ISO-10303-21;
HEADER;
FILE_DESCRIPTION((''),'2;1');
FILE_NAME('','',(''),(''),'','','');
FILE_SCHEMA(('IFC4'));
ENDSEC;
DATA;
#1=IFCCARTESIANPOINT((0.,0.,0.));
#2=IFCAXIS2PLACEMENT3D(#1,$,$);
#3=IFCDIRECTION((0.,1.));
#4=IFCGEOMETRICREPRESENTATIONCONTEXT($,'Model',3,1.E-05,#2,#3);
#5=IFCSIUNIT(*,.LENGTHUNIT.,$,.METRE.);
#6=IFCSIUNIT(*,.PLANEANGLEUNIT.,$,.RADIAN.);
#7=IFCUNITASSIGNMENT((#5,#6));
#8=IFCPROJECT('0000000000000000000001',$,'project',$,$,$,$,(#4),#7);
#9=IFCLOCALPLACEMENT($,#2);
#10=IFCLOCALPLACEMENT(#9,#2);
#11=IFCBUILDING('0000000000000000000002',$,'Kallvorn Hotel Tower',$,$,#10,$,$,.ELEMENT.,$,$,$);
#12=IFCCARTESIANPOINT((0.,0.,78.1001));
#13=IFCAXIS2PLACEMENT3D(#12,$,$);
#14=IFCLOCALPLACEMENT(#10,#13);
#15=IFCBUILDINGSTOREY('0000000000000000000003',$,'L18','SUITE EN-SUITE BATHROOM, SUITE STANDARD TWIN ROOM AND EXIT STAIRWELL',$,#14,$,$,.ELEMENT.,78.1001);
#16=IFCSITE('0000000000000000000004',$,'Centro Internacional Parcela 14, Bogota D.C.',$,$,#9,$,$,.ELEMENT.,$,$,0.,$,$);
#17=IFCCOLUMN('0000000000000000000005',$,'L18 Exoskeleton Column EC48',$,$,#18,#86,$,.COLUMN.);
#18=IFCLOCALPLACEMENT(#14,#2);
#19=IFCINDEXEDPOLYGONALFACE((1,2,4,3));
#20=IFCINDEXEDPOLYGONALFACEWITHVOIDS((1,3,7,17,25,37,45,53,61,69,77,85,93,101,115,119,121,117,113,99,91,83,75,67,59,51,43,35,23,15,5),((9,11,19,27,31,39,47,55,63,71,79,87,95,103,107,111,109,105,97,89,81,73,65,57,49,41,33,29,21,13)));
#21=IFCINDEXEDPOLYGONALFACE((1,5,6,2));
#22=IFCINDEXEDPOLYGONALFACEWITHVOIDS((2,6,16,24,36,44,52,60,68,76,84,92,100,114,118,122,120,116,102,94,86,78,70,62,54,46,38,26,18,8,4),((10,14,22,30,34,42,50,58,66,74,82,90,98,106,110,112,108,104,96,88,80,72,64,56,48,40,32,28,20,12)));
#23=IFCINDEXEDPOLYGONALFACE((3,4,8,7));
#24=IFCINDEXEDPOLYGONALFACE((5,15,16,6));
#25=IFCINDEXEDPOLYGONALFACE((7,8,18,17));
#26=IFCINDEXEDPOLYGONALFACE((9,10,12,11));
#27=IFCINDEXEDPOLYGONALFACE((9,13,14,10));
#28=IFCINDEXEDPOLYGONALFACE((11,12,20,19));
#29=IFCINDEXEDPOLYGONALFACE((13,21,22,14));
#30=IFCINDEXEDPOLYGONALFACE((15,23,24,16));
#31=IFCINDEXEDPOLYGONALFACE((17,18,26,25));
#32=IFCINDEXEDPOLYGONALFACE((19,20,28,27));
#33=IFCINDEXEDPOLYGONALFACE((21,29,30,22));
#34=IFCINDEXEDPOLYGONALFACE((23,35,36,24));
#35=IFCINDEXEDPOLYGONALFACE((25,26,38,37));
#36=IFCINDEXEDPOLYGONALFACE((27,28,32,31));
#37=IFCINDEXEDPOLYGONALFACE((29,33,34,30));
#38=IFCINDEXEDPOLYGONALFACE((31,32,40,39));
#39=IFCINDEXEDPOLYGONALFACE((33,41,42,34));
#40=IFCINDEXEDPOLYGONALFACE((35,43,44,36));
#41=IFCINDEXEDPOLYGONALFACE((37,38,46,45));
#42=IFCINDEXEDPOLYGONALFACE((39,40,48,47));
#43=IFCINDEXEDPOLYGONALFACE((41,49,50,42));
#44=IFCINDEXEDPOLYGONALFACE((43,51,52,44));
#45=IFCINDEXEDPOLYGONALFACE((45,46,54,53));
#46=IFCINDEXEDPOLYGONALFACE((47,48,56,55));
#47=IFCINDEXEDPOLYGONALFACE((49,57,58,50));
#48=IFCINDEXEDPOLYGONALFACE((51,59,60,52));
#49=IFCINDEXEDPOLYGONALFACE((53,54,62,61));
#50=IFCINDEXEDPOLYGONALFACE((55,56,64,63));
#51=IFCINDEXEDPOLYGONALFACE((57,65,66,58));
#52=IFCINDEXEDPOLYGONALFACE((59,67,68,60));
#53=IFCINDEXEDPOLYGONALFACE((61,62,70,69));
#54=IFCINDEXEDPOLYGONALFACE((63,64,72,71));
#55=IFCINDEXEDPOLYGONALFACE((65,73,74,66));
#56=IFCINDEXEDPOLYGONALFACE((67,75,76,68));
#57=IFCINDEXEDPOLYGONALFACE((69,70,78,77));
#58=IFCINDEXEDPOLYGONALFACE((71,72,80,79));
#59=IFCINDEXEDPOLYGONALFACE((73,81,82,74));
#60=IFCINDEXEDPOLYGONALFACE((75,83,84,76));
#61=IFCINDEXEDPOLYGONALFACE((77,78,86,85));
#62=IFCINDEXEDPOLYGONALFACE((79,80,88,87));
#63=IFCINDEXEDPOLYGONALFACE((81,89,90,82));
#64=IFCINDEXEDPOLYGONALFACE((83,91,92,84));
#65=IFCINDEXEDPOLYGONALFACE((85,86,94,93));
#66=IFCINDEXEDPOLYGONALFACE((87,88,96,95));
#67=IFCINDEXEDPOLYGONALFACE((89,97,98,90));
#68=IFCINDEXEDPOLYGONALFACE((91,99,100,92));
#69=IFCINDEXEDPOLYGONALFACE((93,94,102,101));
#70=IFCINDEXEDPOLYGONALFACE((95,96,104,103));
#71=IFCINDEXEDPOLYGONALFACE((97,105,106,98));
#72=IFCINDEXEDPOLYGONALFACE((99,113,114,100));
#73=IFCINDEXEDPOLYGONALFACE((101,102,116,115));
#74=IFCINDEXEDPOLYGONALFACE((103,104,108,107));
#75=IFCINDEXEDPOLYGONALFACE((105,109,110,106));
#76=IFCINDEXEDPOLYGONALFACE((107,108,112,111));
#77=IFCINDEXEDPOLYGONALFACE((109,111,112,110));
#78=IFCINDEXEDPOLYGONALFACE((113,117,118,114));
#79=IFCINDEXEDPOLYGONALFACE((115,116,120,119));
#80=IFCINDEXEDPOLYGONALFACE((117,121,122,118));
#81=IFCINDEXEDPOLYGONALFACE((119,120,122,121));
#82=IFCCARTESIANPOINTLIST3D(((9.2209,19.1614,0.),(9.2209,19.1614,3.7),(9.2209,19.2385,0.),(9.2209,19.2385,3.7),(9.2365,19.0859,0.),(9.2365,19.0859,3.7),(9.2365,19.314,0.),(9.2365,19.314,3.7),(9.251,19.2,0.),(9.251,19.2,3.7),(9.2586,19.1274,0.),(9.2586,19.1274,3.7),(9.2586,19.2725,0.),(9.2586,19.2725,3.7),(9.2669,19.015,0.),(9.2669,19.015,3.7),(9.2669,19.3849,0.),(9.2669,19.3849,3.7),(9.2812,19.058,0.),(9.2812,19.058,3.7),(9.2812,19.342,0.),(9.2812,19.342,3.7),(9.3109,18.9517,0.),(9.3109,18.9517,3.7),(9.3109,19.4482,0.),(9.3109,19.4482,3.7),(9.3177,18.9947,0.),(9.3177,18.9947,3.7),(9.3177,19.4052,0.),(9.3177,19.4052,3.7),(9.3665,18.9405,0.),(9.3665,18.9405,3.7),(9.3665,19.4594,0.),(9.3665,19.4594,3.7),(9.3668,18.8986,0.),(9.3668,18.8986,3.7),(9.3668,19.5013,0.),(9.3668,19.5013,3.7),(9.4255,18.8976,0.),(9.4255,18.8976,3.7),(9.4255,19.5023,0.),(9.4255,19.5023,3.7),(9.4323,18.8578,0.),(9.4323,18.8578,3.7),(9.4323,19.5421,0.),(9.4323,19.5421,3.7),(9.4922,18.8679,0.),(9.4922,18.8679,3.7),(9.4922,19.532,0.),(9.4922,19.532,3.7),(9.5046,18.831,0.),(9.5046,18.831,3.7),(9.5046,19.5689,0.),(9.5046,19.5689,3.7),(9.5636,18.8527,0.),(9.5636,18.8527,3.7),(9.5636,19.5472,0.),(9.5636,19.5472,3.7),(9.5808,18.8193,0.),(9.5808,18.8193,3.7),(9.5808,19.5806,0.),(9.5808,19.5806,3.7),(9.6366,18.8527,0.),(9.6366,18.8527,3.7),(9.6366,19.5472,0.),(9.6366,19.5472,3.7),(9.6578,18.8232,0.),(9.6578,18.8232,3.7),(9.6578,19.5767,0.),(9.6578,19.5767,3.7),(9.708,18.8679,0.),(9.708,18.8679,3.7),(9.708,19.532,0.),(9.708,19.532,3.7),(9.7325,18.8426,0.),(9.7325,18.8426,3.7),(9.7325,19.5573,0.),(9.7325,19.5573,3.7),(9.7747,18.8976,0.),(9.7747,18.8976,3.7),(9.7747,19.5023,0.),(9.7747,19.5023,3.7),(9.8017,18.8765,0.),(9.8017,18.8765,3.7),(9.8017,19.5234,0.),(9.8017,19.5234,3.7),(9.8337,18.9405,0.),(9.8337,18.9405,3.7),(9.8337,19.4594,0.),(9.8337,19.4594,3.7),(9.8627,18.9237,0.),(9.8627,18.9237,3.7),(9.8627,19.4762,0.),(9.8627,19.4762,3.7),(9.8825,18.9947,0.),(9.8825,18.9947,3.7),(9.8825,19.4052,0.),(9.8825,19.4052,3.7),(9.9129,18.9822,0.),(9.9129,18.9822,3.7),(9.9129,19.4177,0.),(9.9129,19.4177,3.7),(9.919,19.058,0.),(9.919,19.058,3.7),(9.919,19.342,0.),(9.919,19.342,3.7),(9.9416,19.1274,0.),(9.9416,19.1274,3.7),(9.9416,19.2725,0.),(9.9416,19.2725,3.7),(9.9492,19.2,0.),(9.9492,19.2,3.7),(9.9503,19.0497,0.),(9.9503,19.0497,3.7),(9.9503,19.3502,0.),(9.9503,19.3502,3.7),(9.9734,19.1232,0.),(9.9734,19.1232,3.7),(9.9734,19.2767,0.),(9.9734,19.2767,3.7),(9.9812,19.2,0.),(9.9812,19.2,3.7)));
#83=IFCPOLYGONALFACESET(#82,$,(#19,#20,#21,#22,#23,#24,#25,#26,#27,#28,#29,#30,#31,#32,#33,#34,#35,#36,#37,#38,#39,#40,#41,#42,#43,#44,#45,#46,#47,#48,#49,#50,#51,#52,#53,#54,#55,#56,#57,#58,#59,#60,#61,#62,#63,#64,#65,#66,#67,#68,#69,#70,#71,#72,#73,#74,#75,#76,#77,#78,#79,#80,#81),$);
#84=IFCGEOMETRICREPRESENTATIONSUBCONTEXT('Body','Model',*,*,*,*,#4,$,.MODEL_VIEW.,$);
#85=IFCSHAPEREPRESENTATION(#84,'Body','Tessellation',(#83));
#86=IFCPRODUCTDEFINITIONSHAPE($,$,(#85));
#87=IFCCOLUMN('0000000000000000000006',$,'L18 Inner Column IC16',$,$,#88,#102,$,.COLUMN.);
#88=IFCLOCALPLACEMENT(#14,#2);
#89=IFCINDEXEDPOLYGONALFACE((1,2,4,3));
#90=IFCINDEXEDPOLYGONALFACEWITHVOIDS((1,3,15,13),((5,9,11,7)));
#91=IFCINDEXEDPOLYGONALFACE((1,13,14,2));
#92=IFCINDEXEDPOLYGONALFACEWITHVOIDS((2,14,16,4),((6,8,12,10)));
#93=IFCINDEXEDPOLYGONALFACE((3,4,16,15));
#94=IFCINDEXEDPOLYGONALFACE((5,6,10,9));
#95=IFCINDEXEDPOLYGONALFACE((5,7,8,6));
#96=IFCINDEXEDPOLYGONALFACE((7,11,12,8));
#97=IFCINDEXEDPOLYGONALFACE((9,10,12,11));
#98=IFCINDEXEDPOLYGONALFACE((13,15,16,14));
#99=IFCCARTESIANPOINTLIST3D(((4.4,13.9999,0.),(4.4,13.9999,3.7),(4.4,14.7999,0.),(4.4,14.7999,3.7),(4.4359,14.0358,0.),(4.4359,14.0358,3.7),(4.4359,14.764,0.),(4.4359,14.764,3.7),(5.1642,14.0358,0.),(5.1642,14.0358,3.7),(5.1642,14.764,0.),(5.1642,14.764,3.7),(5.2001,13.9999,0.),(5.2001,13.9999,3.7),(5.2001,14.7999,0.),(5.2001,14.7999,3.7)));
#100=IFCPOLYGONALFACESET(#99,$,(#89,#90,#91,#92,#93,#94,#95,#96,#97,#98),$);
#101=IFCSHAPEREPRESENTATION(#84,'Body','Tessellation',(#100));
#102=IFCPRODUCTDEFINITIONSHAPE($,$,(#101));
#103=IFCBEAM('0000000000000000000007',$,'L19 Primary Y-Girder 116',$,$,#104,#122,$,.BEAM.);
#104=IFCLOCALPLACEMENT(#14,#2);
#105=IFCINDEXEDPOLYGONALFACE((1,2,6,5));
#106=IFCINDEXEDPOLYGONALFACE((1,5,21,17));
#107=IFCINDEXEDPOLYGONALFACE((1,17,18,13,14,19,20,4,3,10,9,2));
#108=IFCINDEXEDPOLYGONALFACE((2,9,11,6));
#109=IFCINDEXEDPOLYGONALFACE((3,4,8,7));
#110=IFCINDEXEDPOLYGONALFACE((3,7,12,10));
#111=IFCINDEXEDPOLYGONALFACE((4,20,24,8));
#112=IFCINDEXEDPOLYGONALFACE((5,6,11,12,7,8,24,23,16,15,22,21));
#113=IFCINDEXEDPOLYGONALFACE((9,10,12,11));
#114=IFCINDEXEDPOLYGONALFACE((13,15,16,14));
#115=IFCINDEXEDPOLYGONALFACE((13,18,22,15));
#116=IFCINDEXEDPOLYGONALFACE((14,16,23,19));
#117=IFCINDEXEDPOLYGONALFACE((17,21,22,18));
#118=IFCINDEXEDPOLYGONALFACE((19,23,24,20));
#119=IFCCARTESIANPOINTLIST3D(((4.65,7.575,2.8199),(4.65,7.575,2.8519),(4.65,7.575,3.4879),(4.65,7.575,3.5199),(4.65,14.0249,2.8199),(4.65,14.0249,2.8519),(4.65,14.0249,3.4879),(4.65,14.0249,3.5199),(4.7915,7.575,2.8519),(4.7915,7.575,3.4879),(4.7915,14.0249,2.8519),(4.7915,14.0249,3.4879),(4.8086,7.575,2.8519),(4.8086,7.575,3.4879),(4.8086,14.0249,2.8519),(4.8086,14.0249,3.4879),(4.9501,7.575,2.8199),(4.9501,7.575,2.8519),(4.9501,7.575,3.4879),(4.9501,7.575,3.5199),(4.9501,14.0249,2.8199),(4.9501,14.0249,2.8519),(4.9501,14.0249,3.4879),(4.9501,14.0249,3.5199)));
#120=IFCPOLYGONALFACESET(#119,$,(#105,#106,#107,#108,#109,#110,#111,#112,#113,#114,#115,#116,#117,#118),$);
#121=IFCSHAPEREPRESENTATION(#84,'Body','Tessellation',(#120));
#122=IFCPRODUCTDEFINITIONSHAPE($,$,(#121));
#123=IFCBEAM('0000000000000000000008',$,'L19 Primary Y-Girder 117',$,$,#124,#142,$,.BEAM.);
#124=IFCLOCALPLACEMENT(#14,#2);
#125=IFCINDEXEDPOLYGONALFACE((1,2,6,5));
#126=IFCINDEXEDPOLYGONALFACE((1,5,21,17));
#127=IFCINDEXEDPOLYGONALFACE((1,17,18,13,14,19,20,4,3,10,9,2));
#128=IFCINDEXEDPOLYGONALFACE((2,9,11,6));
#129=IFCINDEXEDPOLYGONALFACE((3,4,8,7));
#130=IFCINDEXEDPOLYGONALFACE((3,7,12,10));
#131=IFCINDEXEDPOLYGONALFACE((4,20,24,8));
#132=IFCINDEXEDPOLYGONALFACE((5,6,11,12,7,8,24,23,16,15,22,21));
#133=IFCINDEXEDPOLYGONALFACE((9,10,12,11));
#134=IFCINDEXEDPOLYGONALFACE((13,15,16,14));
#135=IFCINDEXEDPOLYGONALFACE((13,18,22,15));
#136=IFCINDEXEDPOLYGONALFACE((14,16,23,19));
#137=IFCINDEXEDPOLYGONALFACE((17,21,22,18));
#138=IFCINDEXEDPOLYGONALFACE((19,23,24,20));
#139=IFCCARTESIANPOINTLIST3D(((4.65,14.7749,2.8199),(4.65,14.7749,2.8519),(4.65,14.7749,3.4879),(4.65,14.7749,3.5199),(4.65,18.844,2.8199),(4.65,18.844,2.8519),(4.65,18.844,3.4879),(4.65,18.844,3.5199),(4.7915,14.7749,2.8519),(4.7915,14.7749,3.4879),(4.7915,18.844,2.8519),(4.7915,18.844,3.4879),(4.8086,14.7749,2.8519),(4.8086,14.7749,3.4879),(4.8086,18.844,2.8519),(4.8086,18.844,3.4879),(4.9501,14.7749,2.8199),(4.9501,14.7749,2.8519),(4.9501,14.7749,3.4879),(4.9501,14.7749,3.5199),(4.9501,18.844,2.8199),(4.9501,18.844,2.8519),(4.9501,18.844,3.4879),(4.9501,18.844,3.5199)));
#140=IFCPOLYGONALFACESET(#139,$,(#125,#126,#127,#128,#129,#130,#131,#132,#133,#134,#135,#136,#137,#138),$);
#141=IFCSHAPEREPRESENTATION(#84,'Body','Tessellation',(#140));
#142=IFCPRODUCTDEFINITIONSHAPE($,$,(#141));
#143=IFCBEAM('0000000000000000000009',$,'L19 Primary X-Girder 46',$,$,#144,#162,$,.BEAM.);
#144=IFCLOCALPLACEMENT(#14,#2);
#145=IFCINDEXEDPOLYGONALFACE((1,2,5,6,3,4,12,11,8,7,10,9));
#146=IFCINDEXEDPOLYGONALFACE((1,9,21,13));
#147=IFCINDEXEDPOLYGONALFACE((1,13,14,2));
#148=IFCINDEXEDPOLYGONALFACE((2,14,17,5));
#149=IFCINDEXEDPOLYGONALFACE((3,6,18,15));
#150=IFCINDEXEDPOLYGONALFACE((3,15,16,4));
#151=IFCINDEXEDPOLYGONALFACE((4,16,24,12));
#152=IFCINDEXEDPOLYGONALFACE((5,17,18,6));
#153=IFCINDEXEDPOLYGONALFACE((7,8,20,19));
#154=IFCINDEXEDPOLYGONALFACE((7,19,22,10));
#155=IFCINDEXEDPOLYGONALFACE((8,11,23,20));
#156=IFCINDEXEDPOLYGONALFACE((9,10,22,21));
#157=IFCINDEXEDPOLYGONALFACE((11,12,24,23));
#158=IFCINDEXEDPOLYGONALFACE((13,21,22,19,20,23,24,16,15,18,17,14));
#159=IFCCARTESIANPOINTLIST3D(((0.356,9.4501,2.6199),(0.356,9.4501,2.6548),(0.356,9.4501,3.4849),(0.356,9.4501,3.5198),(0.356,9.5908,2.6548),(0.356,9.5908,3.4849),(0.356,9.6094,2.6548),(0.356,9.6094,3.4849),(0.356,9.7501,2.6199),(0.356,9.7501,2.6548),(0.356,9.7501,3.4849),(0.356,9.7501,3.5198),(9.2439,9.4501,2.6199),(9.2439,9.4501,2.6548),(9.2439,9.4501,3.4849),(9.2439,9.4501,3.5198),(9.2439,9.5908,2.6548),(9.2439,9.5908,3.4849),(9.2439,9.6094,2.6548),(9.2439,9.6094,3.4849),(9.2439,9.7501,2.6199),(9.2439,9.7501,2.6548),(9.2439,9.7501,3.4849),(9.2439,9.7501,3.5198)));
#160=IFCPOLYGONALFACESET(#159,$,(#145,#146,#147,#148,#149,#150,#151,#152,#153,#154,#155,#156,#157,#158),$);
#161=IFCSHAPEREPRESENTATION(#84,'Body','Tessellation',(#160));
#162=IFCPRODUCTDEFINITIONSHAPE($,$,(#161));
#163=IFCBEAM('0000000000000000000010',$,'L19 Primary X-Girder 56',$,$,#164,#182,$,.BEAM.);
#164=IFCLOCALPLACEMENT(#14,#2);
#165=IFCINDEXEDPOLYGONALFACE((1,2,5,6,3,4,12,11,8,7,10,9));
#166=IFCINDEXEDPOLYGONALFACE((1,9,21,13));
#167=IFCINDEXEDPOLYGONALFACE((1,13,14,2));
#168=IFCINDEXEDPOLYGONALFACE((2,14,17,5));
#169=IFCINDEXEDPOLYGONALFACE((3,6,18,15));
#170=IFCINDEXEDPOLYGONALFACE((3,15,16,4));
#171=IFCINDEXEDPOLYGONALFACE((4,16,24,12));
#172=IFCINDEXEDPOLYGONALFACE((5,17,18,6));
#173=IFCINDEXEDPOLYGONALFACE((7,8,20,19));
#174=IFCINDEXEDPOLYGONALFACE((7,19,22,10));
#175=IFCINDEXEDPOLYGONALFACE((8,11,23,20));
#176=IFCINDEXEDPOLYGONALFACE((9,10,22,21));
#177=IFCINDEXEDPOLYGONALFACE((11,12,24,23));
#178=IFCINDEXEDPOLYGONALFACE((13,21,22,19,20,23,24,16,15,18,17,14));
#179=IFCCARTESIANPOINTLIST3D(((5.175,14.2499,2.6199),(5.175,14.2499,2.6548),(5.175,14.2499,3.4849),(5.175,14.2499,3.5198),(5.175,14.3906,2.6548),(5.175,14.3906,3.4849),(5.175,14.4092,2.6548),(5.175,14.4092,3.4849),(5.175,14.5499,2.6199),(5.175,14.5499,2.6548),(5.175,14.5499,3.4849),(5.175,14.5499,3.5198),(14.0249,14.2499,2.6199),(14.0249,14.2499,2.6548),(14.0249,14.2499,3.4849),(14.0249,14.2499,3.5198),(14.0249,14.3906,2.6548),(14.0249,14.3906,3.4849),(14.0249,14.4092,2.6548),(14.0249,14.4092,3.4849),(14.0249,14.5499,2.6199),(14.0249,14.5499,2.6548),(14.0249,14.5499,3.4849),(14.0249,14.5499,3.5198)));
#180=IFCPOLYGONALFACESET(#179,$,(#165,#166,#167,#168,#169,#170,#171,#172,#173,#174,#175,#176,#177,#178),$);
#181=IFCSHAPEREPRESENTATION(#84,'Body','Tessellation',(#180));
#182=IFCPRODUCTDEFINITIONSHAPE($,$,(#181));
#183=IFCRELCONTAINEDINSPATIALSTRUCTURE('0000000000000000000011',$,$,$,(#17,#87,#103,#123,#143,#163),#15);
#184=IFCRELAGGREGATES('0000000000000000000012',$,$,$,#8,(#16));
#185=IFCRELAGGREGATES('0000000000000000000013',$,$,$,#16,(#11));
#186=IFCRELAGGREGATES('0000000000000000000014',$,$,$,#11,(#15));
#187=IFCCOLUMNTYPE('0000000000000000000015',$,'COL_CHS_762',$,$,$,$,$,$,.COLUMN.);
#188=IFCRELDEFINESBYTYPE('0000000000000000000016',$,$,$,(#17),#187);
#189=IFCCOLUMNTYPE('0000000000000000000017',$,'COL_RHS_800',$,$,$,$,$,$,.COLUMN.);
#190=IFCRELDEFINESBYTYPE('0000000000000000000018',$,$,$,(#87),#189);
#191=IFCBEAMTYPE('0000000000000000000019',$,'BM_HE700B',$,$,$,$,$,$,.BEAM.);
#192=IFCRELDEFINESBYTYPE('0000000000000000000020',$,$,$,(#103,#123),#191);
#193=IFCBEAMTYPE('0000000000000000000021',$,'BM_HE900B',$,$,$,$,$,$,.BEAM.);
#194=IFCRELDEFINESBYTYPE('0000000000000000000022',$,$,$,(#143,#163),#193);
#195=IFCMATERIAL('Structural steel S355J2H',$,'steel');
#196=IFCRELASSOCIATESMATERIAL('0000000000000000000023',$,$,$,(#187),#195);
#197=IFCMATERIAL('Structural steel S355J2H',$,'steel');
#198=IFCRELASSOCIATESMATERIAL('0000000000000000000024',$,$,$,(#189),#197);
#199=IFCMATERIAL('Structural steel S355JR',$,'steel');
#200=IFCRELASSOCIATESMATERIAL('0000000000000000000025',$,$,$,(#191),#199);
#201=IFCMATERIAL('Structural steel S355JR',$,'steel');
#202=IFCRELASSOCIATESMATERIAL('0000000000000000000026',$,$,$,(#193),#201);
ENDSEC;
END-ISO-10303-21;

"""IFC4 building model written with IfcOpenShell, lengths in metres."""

from ifc_helpers import new_model, si_unit, direction, frame, origin, origin_2d, place, context, subcontext, project, spatial, hollow_rectangle, hollow_circle, i_section, extrude, material, material_profile, profile_set, type_object, element, save


model = new_model("IFC4")

# Units and contexts
model_context = context("Model", 3, precision=1e-05, world=origin(), true_north=direction((0.0, 1.0)))
body_context = subcontext(model_context, "Body", "Model", "MODEL_VIEW")
ifc_project = project(units=[si_unit("LENGTHUNIT", "METRE"), si_unit("PLANEANGLEUNIT", "RADIAN")], contexts=[model_context])

# Site, building, storey
site_placement = place(None, origin())
site = spatial("IfcSite", under=ifc_project, at=site_placement, Name="Centro Internacional Parcela 14, Bogota D.C.", CompositionType="ELEMENT", RefElevation=0.0)
building_placement = place(site_placement, origin())
building = spatial("IfcBuilding", under=site, at=building_placement, Name="Kallvorn Hotel Tower", CompositionType="ELEMENT")
storey_placement = place(building_placement, frame((0.0, 0.0, 78.1001)))
storey = spatial("IfcBuildingStorey", under=building, at=storey_placement, Name="L18", Description="SUITE EN-SUITE BATHROOM, SUITE STANDARD TWIN ROOM AND EXIT STAIRWELL", CompositionType="ELEMENT", Elevation=78.1001)

# Columns
ifc_material_1 = material(Name="Structural steel S355J2H", Category="steel")
ifc_material_profile_1 = material_profile(ifc_material_1, hollow_circle(Radius=0.3811, WallThickness=0.032, at=origin_2d()), Name="CHS 762x32")
ifc_profile_set_1 = profile_set([ifc_material_profile_1], Name="Structural steel S355J2H")
column_type_1 = type_object("IfcColumnType", Name="COL_CHS_762", PredefinedType="COLUMN", material=ifc_profile_set_1)
for number, where, z_axis, x_axis, name in (
    (1, (9.6001, 19.2, 0.0), (0.0, 0.0, 1.0), (1.0, 0.0, 0.0), "L18 Exoskeleton Column EC48"),
):
    element("IfcColumn", number, at=place(storey_placement, frame(where, z_axis=z_axis, x_axis=x_axis)), inside=storey, type_object=column_type_1, Name=name, PredefinedType="COLUMN", context=body_context, shape_type="SweptSolid", body=[
        extrude(hollow_circle(Radius=0.3811, WallThickness=0.032, at=origin_2d()), origin(), (0.0, 0.0, 1.0), 3.7),
    ])
ifc_material_2 = material(Name="Structural steel S355J2H", Category="steel")
ifc_material_profile_2 = material_profile(ifc_material_2, hollow_rectangle(XDim=0.8, YDim=0.8, WallThickness=0.0359, at=origin_2d()), Name="RHS 800x800x36")
ifc_profile_set_2 = profile_set([ifc_material_profile_2], Name="Structural steel S355J2H")
column_type_2 = type_object("IfcColumnType", Name="COL_RHS_800", PredefinedType="COLUMN", material=ifc_profile_set_2)
column_placement = place(storey_placement, frame((4.8, 14.3999, 0.0), z_axis=(0.0, 0.0, 1.0), x_axis=(1.0, 0.0, 0.0)))
element("IfcColumn", 2, at=column_placement, inside=storey, type_object=column_type_2, Name="L18 Inner Column IC16", PredefinedType="COLUMN", context=body_context, shape_type="SweptSolid", body=[
    extrude(hollow_rectangle(XDim=0.8, YDim=0.8, WallThickness=0.0359, at=origin_2d()), origin(), (0.0, 0.0, 1.0), 3.7),
])

# Beams
ifc_material_3 = material(Name="Structural steel S355JR", Category="steel")
ifc_material_profile_3 = material_profile(ifc_material_3, i_section(OverallWidth=0.3, OverallDepth=0.7, WebThickness=0.0171, FlangeThickness=0.032, at=origin_2d()), Name="HE 700 B")
ifc_profile_set_3 = profile_set([ifc_material_profile_3], Name="Structural steel S355JR")
beam_type_1 = type_object("IfcBeamType", Name="BM_HE700B", PredefinedType="BEAM", material=ifc_profile_set_3)
beam_1_placement = place(storey_placement, frame((4.8, 7.575, 3.1699), z_axis=(0.0, 1.0, 0.0), x_axis=(-1.0, 0.0, 0.0)))
element("IfcBeam", 3, at=beam_1_placement, inside=storey, type_object=beam_type_1, Name="L19 Primary Y-Girder 116", PredefinedType="BEAM", context=body_context, shape_type="SweptSolid", body=[
    extrude(i_section(OverallWidth=0.3, OverallDepth=0.7, WebThickness=0.0171, FlangeThickness=0.032, at=origin_2d()), origin(), (0.0, 0.0, 1.0), 6.45),
])
beam_2_placement = place(storey_placement, frame((4.8, 14.7749, 3.1699), z_axis=(0.0, 1.0, 0.0), x_axis=(-1.0, 0.0, 0.0)))
element("IfcBeam", 4, at=beam_2_placement, inside=storey, type_object=beam_type_1, Name="L19 Primary Y-Girder 117", PredefinedType="BEAM", context=body_context, shape_type="SweptSolid", body=[
    extrude(i_section(OverallWidth=0.3, OverallDepth=0.7, WebThickness=0.0171, FlangeThickness=0.032, at=origin_2d()), origin(), (0.0, 0.0, 1.0), 4.0691),
])
ifc_material_4 = material(Name="Structural steel S355JR", Category="steel")
ifc_material_profile_4 = material_profile(ifc_material_4, i_section(OverallWidth=0.3, OverallDepth=0.8999, WebThickness=0.0186, FlangeThickness=0.0349, at=origin_2d()), Name="HE 900 B")
ifc_profile_set_4 = profile_set([ifc_material_profile_4], Name="Structural steel S355JR")
beam_type_2 = type_object("IfcBeamType", Name="BM_HE900B", PredefinedType="BEAM", material=ifc_profile_set_4)
beam_3_placement = place(storey_placement, frame((0.356, 9.6001, 3.0698), z_axis=(1.0, 0.0, 0.0), x_axis=(0.0, 1.0, 0.0)))
element("IfcBeam", 5, at=beam_3_placement, inside=storey, type_object=beam_type_2, Name="L19 Primary X-Girder 46", PredefinedType="BEAM", context=body_context, shape_type="SweptSolid", body=[
    extrude(i_section(OverallWidth=0.3, OverallDepth=0.8999, WebThickness=0.0186, FlangeThickness=0.0349, at=origin_2d()), origin(), (0.0, 0.0, 1.0), 8.8879),
])
beam_4_placement = place(storey_placement, frame((5.175, 14.3999, 3.0698), z_axis=(1.0, 0.0, 0.0), x_axis=(0.0, 1.0, 0.0)))
element("IfcBeam", 6, at=beam_4_placement, inside=storey, type_object=beam_type_2, Name="L19 Primary X-Girder 56", PredefinedType="BEAM", context=body_context, shape_type="SweptSolid", body=[
    extrude(i_section(OverallWidth=0.3, OverallDepth=0.8999, WebThickness=0.0186, FlangeThickness=0.0349, at=origin_2d()), origin(), (0.0, 0.0, 1.0), 8.8499),
])

save(model, "model.ifc")
